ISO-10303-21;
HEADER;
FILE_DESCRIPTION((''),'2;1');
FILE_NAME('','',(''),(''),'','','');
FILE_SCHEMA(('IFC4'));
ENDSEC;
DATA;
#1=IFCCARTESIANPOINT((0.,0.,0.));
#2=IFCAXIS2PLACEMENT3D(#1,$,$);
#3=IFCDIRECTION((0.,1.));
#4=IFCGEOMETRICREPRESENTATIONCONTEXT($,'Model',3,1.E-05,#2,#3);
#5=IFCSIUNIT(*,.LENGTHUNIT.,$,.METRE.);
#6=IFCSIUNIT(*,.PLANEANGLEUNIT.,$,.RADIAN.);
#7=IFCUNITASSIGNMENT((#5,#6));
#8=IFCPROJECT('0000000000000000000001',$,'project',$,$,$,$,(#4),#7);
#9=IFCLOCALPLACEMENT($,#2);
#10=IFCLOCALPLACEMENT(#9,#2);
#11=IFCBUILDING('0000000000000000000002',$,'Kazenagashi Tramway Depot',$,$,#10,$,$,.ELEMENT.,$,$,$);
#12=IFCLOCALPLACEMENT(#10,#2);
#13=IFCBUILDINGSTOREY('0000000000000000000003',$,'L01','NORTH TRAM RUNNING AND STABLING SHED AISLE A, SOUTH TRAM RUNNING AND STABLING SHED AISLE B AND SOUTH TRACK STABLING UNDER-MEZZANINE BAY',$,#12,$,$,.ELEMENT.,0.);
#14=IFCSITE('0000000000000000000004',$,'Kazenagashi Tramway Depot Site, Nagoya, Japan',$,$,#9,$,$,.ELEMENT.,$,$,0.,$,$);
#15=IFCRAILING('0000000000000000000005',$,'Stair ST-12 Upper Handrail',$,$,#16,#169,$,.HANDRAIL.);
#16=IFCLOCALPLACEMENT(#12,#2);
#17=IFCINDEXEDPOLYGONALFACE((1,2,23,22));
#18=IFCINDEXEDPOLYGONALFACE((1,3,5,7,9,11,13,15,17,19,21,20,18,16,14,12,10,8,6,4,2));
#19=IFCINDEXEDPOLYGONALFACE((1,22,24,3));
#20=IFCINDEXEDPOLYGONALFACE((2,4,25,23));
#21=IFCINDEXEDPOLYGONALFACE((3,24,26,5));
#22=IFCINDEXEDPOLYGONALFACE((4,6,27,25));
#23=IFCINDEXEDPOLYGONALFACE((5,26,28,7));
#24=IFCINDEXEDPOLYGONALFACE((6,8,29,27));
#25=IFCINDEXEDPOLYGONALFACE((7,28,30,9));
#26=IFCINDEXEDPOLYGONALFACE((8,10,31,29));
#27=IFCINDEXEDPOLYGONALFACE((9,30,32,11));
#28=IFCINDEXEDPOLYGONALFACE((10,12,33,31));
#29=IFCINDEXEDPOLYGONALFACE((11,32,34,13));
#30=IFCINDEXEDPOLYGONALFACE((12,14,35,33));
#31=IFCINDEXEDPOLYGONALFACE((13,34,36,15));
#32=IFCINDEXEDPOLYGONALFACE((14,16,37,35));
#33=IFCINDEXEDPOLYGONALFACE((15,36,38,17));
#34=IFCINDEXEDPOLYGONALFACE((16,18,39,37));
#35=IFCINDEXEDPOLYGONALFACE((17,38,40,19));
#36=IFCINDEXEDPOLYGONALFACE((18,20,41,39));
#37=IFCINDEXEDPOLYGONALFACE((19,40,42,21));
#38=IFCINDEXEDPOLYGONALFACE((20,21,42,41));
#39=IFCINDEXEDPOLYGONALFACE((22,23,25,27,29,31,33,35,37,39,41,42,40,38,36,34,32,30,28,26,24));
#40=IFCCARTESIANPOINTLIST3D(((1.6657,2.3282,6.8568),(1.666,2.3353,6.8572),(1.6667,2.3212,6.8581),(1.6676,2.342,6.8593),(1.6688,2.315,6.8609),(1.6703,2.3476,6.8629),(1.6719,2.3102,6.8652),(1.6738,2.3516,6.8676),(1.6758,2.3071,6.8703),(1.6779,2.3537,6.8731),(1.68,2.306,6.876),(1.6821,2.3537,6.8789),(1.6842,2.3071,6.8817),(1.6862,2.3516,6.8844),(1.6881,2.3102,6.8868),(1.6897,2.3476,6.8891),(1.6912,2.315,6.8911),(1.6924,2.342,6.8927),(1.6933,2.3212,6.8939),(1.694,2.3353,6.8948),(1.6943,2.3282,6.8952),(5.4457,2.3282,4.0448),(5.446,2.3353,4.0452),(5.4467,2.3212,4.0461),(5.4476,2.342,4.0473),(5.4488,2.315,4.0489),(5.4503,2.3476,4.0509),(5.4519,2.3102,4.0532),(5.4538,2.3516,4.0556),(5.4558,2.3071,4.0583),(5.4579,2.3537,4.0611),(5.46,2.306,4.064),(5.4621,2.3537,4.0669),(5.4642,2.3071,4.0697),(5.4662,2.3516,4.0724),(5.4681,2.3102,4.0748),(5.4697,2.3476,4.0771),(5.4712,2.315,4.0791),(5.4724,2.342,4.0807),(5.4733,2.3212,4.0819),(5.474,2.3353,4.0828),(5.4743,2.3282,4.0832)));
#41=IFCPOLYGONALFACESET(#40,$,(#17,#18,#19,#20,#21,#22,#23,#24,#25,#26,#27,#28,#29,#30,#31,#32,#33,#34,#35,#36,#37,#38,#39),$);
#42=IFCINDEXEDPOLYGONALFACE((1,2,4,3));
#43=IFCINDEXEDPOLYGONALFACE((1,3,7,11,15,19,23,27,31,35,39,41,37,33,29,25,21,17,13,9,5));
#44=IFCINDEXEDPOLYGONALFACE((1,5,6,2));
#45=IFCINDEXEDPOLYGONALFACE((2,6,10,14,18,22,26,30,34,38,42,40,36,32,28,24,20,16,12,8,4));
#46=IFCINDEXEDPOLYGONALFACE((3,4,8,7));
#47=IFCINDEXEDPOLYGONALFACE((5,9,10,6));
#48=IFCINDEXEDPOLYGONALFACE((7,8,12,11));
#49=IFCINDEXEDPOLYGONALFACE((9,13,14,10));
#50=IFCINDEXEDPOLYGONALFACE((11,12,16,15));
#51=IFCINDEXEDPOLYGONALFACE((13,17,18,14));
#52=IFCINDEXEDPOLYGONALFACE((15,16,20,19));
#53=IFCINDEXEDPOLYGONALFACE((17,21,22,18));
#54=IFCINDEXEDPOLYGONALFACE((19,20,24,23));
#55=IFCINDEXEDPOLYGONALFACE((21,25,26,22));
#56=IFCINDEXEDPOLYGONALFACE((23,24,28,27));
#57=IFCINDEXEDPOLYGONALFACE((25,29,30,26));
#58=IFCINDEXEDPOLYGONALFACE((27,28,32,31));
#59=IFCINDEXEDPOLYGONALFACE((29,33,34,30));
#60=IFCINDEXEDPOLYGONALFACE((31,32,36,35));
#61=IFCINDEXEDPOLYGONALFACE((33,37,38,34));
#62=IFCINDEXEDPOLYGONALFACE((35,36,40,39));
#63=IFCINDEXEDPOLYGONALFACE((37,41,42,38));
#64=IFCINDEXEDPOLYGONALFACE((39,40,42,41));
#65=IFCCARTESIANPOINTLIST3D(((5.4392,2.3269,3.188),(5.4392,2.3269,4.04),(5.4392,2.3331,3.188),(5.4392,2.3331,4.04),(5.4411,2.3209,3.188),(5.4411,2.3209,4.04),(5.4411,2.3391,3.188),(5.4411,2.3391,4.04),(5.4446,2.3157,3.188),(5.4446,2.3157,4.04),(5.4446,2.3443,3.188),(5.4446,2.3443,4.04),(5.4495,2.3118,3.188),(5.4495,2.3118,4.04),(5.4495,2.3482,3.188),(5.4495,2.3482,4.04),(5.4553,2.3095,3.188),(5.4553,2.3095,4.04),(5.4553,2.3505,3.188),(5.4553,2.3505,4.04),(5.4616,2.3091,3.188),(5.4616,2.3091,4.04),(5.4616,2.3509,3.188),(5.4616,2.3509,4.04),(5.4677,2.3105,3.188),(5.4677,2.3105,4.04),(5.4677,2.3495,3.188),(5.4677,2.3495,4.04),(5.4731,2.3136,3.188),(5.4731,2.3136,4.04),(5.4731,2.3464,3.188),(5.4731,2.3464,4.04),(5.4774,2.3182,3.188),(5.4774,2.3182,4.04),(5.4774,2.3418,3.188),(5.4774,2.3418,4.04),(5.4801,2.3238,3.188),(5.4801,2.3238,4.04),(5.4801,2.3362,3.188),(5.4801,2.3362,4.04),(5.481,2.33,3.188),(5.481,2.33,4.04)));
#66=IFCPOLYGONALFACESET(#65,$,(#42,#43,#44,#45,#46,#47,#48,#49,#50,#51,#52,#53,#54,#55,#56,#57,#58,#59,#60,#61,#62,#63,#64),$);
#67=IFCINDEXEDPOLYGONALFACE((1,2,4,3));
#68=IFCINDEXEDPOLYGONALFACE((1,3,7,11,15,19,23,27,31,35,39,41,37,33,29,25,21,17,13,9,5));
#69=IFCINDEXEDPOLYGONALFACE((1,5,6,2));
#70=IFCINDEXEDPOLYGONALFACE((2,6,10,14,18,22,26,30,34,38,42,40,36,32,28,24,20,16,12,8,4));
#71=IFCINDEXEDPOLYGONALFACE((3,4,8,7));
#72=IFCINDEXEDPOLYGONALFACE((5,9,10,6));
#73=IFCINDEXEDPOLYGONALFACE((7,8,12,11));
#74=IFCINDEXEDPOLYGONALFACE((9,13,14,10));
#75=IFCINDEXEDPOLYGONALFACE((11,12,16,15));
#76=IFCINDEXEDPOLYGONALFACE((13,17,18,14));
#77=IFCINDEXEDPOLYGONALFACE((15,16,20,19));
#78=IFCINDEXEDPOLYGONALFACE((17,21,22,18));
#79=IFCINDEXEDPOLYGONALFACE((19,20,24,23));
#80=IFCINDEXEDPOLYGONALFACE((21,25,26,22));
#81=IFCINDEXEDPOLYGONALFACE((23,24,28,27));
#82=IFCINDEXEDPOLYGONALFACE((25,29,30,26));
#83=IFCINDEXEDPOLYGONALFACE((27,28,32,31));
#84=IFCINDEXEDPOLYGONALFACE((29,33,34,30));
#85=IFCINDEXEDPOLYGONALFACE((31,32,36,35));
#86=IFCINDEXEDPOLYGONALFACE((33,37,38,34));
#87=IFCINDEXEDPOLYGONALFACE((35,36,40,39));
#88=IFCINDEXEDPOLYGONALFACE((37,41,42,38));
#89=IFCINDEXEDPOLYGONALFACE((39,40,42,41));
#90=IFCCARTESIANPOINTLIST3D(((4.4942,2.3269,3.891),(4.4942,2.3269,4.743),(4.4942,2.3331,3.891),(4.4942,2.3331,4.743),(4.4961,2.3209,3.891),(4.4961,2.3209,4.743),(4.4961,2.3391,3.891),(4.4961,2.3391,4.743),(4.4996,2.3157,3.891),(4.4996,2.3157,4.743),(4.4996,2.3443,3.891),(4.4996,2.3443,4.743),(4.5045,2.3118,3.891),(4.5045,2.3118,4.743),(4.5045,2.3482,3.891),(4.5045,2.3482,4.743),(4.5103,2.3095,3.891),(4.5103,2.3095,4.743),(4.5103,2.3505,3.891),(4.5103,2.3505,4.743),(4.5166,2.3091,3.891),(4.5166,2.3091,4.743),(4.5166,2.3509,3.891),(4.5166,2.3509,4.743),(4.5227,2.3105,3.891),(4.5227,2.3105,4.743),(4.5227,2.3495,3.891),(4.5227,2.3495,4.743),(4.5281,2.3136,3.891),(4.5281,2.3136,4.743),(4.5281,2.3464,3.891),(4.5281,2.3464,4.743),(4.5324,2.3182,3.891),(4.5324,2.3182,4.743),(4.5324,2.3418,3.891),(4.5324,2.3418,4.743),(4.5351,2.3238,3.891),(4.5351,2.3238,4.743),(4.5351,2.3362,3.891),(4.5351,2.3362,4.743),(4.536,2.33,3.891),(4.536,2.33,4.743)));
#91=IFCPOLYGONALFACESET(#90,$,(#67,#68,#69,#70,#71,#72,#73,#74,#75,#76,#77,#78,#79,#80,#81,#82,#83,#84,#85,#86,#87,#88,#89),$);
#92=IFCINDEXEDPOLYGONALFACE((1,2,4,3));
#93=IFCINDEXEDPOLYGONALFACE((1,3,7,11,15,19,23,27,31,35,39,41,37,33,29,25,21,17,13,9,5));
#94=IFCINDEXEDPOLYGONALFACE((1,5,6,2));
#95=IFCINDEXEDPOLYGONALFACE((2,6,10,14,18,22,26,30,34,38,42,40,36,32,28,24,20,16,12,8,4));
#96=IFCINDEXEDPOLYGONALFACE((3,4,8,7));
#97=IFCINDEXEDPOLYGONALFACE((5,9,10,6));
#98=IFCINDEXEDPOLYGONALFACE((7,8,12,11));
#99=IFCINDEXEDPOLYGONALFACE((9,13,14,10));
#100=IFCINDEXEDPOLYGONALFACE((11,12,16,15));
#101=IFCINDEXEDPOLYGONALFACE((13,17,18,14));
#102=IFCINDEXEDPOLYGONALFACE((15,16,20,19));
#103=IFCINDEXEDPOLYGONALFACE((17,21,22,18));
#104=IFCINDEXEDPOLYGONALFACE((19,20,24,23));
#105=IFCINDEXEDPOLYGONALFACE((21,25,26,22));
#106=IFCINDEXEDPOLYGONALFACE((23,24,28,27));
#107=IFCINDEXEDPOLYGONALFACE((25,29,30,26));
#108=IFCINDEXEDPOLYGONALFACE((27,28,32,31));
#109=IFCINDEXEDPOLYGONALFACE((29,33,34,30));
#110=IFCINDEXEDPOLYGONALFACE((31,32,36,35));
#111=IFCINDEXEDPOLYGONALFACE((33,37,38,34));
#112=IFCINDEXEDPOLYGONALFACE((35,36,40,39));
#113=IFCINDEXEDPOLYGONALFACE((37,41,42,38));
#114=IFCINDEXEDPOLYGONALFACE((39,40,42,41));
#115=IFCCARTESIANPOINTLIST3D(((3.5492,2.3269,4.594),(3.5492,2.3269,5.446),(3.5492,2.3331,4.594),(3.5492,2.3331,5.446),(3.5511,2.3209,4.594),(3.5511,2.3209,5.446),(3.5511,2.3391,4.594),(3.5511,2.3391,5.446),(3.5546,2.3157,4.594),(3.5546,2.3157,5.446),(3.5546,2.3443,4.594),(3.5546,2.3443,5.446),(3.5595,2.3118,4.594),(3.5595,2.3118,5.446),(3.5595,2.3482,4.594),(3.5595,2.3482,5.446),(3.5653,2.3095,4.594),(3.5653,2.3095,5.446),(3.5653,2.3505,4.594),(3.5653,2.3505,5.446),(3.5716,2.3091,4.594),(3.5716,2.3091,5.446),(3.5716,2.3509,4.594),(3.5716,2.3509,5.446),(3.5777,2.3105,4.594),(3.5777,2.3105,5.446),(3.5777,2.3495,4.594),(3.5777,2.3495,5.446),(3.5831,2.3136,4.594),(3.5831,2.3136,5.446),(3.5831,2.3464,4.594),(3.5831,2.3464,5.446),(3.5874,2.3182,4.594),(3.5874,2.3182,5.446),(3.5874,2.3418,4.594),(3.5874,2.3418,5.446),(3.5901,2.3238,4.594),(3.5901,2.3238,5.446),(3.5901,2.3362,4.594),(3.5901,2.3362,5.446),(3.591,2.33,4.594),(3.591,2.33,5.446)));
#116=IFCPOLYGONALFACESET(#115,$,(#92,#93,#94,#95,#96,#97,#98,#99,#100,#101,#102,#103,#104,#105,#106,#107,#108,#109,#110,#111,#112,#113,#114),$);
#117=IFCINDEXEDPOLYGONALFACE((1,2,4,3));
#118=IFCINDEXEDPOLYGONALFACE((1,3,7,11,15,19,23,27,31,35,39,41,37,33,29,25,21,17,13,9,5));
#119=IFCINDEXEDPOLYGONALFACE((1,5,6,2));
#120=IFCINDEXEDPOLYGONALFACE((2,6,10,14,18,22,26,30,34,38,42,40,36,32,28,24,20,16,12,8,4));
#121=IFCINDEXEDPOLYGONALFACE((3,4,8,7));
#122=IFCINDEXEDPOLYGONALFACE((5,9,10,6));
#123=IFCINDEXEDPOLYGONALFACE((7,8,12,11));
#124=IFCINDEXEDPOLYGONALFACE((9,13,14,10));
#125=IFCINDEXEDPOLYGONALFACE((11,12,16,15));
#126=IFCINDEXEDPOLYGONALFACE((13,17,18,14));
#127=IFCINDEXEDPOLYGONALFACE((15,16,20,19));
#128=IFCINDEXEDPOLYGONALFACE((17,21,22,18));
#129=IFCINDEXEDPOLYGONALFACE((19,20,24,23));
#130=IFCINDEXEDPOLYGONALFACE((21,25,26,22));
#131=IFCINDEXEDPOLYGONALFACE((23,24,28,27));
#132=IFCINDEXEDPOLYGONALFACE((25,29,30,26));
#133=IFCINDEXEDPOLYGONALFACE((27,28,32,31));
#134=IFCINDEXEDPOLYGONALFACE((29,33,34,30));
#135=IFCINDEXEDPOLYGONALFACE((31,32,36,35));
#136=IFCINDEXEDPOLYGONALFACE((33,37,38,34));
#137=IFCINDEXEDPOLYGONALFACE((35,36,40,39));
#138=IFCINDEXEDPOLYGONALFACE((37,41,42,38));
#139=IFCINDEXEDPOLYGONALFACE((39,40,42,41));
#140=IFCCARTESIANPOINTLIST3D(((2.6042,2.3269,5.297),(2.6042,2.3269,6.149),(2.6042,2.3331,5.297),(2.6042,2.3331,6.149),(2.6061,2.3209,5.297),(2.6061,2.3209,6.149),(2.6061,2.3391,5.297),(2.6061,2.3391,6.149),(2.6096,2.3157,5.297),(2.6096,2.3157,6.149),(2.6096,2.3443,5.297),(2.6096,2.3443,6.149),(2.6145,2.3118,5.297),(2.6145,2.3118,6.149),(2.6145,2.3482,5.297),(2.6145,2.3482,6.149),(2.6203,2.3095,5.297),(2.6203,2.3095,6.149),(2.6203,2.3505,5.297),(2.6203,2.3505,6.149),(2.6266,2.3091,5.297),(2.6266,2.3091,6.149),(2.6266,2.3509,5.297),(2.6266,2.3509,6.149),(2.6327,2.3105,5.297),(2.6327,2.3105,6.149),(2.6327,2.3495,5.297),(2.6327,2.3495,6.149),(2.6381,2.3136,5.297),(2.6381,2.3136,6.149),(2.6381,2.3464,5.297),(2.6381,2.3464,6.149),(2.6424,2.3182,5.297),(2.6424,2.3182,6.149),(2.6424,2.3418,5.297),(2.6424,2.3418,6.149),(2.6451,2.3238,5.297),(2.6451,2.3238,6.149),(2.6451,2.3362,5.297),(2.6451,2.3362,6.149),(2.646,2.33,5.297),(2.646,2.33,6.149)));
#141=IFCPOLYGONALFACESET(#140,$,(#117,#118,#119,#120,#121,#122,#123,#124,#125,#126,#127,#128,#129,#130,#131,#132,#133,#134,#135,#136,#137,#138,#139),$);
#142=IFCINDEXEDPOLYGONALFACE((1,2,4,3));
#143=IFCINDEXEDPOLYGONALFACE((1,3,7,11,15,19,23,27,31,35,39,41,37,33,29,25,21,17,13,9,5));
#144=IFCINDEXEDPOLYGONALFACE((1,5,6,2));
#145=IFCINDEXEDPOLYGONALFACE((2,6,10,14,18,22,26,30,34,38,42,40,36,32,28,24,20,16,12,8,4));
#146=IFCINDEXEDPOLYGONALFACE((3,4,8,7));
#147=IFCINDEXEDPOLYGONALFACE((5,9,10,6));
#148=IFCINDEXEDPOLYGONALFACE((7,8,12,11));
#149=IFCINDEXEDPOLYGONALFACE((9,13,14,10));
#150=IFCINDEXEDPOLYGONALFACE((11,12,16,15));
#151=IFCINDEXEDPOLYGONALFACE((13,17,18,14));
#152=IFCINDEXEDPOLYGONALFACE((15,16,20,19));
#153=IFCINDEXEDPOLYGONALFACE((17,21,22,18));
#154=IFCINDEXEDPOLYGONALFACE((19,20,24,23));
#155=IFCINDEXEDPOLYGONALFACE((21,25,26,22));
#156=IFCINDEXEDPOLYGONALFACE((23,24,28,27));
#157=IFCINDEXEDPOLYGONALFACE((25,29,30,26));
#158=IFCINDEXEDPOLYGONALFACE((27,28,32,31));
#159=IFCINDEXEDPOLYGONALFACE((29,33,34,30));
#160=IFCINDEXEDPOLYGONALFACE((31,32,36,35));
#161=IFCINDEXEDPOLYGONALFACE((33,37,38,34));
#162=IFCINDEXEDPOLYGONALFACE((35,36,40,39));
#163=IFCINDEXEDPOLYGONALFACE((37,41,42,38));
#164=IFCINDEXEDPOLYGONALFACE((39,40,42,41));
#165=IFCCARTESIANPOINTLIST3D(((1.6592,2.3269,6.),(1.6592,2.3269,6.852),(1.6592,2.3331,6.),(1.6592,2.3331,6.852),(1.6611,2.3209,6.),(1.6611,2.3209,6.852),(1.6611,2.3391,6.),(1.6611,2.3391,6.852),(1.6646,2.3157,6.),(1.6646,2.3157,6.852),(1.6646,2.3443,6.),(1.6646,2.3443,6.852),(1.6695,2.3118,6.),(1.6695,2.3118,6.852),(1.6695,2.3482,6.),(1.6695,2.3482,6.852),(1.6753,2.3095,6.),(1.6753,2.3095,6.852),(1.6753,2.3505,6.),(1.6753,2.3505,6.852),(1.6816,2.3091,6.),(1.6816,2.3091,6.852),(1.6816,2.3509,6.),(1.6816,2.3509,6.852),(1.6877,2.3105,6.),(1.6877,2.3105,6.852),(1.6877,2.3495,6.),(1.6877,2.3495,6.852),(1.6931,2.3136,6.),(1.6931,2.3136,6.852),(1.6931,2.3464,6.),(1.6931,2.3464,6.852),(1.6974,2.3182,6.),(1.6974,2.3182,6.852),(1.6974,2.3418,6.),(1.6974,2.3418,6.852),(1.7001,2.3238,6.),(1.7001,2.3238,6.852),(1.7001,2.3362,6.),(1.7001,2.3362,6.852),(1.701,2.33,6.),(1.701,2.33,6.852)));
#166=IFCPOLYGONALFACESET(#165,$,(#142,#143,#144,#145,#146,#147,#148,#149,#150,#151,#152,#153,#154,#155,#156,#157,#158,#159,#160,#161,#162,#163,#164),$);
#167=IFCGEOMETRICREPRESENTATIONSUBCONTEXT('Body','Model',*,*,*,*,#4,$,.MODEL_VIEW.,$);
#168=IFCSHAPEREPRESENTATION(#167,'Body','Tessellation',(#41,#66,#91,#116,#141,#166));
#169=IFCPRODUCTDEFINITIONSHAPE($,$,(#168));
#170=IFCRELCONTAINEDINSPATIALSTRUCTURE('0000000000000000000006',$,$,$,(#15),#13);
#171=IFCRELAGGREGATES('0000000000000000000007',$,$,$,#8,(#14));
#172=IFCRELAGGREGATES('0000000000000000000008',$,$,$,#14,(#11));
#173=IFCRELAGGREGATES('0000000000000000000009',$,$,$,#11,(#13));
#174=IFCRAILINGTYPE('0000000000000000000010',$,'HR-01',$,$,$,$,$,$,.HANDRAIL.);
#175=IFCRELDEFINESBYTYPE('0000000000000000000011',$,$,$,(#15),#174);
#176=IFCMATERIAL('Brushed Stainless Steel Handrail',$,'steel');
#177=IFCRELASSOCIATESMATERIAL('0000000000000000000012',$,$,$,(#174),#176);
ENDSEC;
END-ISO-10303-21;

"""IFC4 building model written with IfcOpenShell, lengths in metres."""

from ifc_helpers import new_model, si_unit, direction, frame, origin, origin_2d, place, context, subcontext, project, spatial, circle, extrude, material, type_object, element, save


model = new_model("IFC4")

# Units and contexts
model_context = context("Model", 3, precision=1e-05, world=origin(), true_north=direction((0.0, 1.0)))
body_context = subcontext(model_context, "Body", "Model", "MODEL_VIEW")
ifc_project = project(units=[si_unit("LENGTHUNIT", "METRE"), si_unit("PLANEANGLEUNIT", "RADIAN")], contexts=[model_context])

# Site, building, storey
site_placement = place(None, origin())
site = spatial("IfcSite", under=ifc_project, at=site_placement, Name="Kazenagashi Tramway Depot Site, Nagoya, Japan", CompositionType="ELEMENT", RefElevation=0.0)
building_placement = place(site_placement, origin())
building = spatial("IfcBuilding", under=site, at=building_placement, Name="Kazenagashi Tramway Depot", CompositionType="ELEMENT")
storey_placement = place(building_placement, origin())
storey = spatial("IfcBuildingStorey", under=building, at=storey_placement, Name="L01", Description="NORTH TRAM RUNNING AND STABLING SHED AISLE A, SOUTH TRAM RUNNING AND STABLING SHED AISLE B AND SOUTH TRACK STABLING UNDER-MEZZANINE BAY", CompositionType="ELEMENT", Elevation=0.0)

# Railing
ifc_material_1 = material(Name="Brushed Stainless Steel Handrail", Category="steel")
railing_type = type_object("IfcRailingType", Name="HR-01", PredefinedType="HANDRAIL", material=ifc_material_1)
railing_1_placement = place(storey_placement, frame((5.46, 2.33, 3.188)))
element("IfcRailing", 1, at=railing_1_placement, inside=storey, type_object=railing_type, Name="Stair ST-12 Upper Handrail", PredefinedType="HANDRAIL", context=body_context, shape_type="SweptSolid", body=[
    extrude(circle(Radius=0.024, at=origin_2d()), frame((0.0, 0.0, 0.876), z_axis=(-0.802337, 0.0, 0.596871), x_axis=(0.0, -1.0, 0.0)), (0.0, 0.0, 1.0), 4.7112),
    extrude(circle(Radius=0.021, at=origin_2d()), origin(), (0.0, 0.0, 1.0), 0.852),
    extrude(circle(Radius=0.021, at=origin_2d()), frame((-0.945, 0.0, 0.703)), (0.0, 0.0, 1.0), 0.852),
    extrude(circle(Radius=0.021, at=origin_2d()), frame((-1.89, 0.0, 1.406)), (0.0, 0.0, 1.0), 0.852),
    extrude(circle(Radius=0.021, at=origin_2d()), frame((-2.835, 0.0, 2.109)), (0.0, 0.0, 1.0), 0.852),
    extrude(circle(Radius=0.021, at=origin_2d()), frame((-3.78, 0.0, 2.812)), (0.0, 0.0, 1.0), 0.852),
])

save(model, "model.ifc")
